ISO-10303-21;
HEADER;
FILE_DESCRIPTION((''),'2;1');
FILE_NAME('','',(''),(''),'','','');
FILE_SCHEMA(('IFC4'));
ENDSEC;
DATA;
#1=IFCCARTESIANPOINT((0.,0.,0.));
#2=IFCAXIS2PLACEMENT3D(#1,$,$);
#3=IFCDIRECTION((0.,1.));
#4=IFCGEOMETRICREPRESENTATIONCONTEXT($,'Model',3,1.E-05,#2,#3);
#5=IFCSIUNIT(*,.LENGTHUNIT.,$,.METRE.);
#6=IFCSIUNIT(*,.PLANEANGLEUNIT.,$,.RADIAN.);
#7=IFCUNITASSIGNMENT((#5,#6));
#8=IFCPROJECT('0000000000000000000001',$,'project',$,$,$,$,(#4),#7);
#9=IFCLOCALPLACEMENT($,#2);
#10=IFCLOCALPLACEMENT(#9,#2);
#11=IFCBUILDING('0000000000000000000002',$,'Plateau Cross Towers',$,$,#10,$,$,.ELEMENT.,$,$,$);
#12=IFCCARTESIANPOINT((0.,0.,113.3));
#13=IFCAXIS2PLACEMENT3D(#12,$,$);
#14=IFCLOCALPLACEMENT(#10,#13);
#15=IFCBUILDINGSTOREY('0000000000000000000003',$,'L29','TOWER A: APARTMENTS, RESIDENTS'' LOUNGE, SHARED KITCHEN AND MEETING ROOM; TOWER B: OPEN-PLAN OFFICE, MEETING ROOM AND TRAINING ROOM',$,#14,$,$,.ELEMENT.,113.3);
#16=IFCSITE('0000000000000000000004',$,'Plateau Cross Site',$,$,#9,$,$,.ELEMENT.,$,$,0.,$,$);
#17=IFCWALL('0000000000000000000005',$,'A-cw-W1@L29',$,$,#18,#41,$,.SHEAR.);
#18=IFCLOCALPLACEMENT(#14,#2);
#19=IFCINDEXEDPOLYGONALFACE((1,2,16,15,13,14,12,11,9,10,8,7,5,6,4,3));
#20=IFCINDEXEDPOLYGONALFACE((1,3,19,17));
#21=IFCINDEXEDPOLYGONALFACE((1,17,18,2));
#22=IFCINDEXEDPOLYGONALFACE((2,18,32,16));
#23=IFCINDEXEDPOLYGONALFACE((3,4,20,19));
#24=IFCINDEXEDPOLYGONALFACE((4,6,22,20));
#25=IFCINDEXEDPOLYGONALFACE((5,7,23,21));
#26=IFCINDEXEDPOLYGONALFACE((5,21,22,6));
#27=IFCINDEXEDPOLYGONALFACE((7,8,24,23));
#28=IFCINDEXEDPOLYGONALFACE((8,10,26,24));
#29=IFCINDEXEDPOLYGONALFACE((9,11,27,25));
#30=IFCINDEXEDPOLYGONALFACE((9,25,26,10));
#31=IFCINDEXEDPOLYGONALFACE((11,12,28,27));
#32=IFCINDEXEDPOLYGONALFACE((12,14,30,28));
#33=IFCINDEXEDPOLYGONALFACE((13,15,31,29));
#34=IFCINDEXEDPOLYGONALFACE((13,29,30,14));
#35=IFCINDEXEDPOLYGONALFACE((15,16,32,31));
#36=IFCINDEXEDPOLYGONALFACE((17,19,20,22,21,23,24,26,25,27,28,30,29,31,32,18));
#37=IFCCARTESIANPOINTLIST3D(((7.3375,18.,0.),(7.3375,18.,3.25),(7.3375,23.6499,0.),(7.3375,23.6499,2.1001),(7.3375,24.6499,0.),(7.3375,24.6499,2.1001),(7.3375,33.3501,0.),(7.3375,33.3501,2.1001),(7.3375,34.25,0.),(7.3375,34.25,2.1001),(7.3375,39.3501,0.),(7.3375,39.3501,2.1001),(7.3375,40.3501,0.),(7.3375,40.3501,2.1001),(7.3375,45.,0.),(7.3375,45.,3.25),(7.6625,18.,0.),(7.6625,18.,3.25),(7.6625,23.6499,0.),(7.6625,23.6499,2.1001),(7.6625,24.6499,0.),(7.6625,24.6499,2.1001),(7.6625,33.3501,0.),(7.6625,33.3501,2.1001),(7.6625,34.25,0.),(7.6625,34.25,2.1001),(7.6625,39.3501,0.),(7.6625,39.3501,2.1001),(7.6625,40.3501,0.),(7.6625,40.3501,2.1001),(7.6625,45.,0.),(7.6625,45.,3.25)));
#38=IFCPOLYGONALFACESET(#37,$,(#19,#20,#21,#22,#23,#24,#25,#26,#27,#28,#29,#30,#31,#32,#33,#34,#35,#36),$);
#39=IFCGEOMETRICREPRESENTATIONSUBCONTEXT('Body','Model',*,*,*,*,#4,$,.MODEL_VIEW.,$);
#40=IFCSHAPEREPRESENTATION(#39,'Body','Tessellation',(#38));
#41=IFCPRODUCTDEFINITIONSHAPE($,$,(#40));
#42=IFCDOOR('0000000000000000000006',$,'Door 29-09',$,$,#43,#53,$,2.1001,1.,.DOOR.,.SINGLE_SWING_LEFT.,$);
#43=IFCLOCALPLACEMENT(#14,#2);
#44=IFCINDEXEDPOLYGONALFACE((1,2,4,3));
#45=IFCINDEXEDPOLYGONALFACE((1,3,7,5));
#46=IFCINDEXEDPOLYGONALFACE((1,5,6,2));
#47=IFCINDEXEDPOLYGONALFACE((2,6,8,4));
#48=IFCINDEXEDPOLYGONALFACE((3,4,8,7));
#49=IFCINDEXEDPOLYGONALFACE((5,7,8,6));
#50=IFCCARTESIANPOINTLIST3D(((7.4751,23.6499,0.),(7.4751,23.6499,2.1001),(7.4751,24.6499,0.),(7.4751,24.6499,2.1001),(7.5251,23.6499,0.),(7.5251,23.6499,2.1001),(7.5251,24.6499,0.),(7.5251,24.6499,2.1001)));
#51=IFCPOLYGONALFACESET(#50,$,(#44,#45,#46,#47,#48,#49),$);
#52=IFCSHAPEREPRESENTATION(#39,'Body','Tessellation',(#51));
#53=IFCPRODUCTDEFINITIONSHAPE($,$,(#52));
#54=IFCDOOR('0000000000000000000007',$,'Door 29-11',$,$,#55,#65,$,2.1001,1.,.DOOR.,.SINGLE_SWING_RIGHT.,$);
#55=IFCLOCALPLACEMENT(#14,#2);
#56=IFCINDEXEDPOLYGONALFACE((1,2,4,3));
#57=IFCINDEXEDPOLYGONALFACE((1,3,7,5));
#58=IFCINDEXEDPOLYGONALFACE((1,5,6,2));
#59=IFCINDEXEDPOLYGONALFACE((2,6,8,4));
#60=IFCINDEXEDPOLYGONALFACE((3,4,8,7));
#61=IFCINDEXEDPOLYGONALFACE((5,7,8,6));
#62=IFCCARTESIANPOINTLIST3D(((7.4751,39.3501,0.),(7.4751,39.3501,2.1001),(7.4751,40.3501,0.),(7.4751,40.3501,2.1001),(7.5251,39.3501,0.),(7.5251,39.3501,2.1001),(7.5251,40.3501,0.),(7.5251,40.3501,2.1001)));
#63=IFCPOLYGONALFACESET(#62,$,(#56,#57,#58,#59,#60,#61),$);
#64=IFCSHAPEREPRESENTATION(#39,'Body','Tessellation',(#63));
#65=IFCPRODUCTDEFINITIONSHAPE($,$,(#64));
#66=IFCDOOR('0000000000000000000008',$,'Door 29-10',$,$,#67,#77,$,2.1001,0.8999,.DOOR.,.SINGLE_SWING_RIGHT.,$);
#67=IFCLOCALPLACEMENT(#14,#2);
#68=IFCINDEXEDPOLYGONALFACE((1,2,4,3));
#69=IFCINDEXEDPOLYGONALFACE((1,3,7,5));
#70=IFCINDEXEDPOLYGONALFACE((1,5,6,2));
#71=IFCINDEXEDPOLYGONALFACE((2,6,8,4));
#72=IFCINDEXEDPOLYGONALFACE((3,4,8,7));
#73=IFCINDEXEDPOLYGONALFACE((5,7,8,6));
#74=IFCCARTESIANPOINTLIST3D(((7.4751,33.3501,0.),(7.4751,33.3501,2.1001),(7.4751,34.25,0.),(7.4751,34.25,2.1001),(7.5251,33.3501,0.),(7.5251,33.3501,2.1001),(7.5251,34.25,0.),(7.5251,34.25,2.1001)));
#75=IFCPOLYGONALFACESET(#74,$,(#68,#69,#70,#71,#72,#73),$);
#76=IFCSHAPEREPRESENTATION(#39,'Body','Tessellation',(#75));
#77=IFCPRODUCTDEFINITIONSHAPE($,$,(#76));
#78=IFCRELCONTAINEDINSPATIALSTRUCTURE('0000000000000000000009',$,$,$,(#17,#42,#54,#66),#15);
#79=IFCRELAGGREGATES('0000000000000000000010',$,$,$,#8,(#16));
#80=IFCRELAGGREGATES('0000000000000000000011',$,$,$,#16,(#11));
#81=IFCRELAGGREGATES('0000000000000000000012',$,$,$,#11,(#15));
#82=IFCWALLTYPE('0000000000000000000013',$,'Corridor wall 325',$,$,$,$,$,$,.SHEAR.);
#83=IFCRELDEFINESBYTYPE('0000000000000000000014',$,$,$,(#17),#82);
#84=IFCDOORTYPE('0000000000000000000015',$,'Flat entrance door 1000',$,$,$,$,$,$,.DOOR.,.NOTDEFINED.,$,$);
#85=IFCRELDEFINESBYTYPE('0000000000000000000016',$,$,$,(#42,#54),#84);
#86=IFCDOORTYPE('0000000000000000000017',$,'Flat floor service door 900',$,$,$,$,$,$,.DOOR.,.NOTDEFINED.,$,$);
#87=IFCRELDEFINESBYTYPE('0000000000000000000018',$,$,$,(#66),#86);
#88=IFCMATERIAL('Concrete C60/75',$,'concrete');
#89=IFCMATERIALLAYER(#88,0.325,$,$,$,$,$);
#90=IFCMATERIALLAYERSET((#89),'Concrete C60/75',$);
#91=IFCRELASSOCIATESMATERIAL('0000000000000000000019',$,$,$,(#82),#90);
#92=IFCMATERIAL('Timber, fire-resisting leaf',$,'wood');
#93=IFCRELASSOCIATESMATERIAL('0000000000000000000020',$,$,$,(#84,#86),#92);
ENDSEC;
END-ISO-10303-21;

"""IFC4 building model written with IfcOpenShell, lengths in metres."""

from ifc_helpers import new_model, si_unit, direction, frame, frame_2d, origin, place, context, subcontext, project, spatial, rectangle, extrude, material, layer, layer_set, type_object, element, fill, save


model = new_model("IFC4")

# Units and contexts
model_context = context("Model", 3, precision=1e-05, world=origin(), true_north=direction((0.0, 1.0)))
body_context = subcontext(model_context, "Body", "Model", "MODEL_VIEW")
ifc_project = project(units=[si_unit("LENGTHUNIT", "METRE"), si_unit("PLANEANGLEUNIT", "RADIAN")], contexts=[model_context])

# Site, building, storey
site_placement = place(None, origin())
site = spatial("IfcSite", under=ifc_project, at=site_placement, Name="Plateau Cross Site", CompositionType="ELEMENT", RefElevation=0.0)
building_placement = place(site_placement, origin())
building = spatial("IfcBuilding", under=site, at=building_placement, Name="Plateau Cross Towers", CompositionType="ELEMENT")
storey_placement = place(building_placement, frame((0.0, 0.0, 113.3)))
storey = spatial("IfcBuildingStorey", under=building, at=storey_placement, Name="L29", Description="TOWER A: APARTMENTS, RESIDENTS' LOUNGE, SHARED KITCHEN AND MEETING ROOM; TOWER B: OPEN-PLAN OFFICE, MEETING ROOM AND TRAINING ROOM", CompositionType="ELEMENT", Elevation=113.3)

# Shared definitions
ifc_material_1 = material(Name="Timber, fire-resisting leaf", Category="wood")

# Shared definitions
ifc_material_2 = material(Name="Concrete C60/75", Category="concrete")

# Wall, openings, doors
ifc_layer_1 = layer(ifc_material_2, 0.325)
ifc_layer_set_1 = layer_set([ifc_layer_1], Name="Concrete C60/75")
wall_type_1 = type_object("IfcWallType", Name="Corridor wall 325", PredefinedType="SHEAR", material=ifc_layer_set_1)
wall_1_placement = place(storey_placement, frame((7.5, 18.0, 0.0), z_axis=(0.0, 0.0, 1.0), x_axis=(0.0, 1.0, 0.0)))
wall_1 = element("IfcWall", 1, at=wall_1_placement, inside=storey, type_object=wall_type_1, Name="A-cw-W1@L29", PredefinedType="SHEAR", context=body_context, shape_type="SweptSolid", body=[
    extrude(rectangle(XDim=27.0, YDim=0.325, at=frame_2d((13.5, 0.0))), origin(), (0.0, 0.0, 1.0), 3.25),
])
opening_1_placement = place(wall_1_placement, frame((5.6499, 0.0, 0.0)))
opening_1 = element("IfcOpeningElement", 2, at=opening_1_placement, cuts=wall_1, PredefinedType="OPENING", context=body_context, shape_type="SweptSolid", body=[
    extrude(rectangle(XDim=1.0, YDim=2.1001, at=frame_2d((0.5, 1.05))), frame((0.0, 0.1724, 0.0), z_axis=(0.0, -1.0, 0.0), x_axis=(1.0, 0.0, 0.0)), (0.0, 0.0, 1.0), 0.345),
])
opening_2_placement = place(wall_1_placement, frame((15.3501, 0.0, 0.0)))
opening_2 = element("IfcOpeningElement", 3, at=opening_2_placement, cuts=wall_1, PredefinedType="OPENING", context=body_context, shape_type="SweptSolid", body=[
    extrude(rectangle(XDim=0.8999, YDim=2.1001, at=frame_2d((0.45, 1.05))), frame((0.0, 0.1724, 0.0), z_axis=(0.0, -1.0, 0.0), x_axis=(1.0, 0.0, 0.0)), (0.0, 0.0, 1.0), 0.345),
])
opening_3_placement = place(wall_1_placement, frame((21.3501, 0.0, 0.0)))
opening_3 = element("IfcOpeningElement", 4, at=opening_3_placement, cuts=wall_1, PredefinedType="OPENING", context=body_context, shape_type="SweptSolid", body=[
    extrude(rectangle(XDim=1.0, YDim=2.1001, at=frame_2d((0.5, 1.05))), frame((0.0, 0.1724, 0.0), z_axis=(0.0, -1.0, 0.0), x_axis=(1.0, 0.0, 0.0)), (0.0, 0.0, 1.0), 0.345),
])
door_type_1 = type_object("IfcDoorType", Name="Flat entrance door 1000", OperationType="NOTDEFINED", PredefinedType="DOOR", material=ifc_material_1)
door_1_placement = place(opening_1_placement, origin())
door_1 = element("IfcDoor", 5, at=door_1_placement, inside=storey, type_object=door_type_1, Name="Door 29-09", OperationType="SINGLE_SWING_LEFT", OverallHeight=2.1001, OverallWidth=1.0, PredefinedType="DOOR", context=body_context, shape_type="SweptSolid", body=[
    extrude(rectangle(XDim=1.0, YDim=2.1001, at=frame_2d((0.5, 1.05))), frame((0.0, 0.0249, 0.0), z_axis=(0.0, -1.0, 0.0), x_axis=(1.0, 0.0, 0.0)), (0.0, 0.0, 1.0), 0.05),
])
fill(opening_1, door_1)
door_2_placement = place(opening_3_placement, origin())
door_2 = element("IfcDoor", 6, at=door_2_placement, inside=storey, type_object=door_type_1, Name="Door 29-11", OperationType="SINGLE_SWING_RIGHT", OverallHeight=2.1001, OverallWidth=1.0, PredefinedType="DOOR", context=body_context, shape_type="SweptSolid", body=[
    extrude(rectangle(XDim=1.0, YDim=2.1001, at=frame_2d((0.5, 1.05))), frame((0.0, 0.0249, 0.0), z_axis=(0.0, -1.0, 0.0), x_axis=(1.0, 0.0, 0.0)), (0.0, 0.0, 1.0), 0.05),
])
fill(opening_3, door_2)
door_type_2 = type_object("IfcDoorType", Name="Flat floor service door 900", OperationType="NOTDEFINED", PredefinedType="DOOR", material=ifc_material_1)
door_3_placement = place(opening_2_placement, origin())
door_3 = element("IfcDoor", 7, at=door_3_placement, inside=storey, type_object=door_type_2, Name="Door 29-10", OperationType="SINGLE_SWING_RIGHT", OverallHeight=2.1001, OverallWidth=0.8999, PredefinedType="DOOR", context=body_context, shape_type="SweptSolid", body=[
    extrude(rectangle(XDim=0.8999, YDim=2.1001, at=frame_2d((0.45, 1.05))), frame((0.0, 0.0249, 0.0), z_axis=(0.0, -1.0, 0.0), x_axis=(1.0, 0.0, 0.0)), (0.0, 0.0, 1.0), 0.05),
])
fill(opening_2, door_3)

save(model, "model.ifc")
